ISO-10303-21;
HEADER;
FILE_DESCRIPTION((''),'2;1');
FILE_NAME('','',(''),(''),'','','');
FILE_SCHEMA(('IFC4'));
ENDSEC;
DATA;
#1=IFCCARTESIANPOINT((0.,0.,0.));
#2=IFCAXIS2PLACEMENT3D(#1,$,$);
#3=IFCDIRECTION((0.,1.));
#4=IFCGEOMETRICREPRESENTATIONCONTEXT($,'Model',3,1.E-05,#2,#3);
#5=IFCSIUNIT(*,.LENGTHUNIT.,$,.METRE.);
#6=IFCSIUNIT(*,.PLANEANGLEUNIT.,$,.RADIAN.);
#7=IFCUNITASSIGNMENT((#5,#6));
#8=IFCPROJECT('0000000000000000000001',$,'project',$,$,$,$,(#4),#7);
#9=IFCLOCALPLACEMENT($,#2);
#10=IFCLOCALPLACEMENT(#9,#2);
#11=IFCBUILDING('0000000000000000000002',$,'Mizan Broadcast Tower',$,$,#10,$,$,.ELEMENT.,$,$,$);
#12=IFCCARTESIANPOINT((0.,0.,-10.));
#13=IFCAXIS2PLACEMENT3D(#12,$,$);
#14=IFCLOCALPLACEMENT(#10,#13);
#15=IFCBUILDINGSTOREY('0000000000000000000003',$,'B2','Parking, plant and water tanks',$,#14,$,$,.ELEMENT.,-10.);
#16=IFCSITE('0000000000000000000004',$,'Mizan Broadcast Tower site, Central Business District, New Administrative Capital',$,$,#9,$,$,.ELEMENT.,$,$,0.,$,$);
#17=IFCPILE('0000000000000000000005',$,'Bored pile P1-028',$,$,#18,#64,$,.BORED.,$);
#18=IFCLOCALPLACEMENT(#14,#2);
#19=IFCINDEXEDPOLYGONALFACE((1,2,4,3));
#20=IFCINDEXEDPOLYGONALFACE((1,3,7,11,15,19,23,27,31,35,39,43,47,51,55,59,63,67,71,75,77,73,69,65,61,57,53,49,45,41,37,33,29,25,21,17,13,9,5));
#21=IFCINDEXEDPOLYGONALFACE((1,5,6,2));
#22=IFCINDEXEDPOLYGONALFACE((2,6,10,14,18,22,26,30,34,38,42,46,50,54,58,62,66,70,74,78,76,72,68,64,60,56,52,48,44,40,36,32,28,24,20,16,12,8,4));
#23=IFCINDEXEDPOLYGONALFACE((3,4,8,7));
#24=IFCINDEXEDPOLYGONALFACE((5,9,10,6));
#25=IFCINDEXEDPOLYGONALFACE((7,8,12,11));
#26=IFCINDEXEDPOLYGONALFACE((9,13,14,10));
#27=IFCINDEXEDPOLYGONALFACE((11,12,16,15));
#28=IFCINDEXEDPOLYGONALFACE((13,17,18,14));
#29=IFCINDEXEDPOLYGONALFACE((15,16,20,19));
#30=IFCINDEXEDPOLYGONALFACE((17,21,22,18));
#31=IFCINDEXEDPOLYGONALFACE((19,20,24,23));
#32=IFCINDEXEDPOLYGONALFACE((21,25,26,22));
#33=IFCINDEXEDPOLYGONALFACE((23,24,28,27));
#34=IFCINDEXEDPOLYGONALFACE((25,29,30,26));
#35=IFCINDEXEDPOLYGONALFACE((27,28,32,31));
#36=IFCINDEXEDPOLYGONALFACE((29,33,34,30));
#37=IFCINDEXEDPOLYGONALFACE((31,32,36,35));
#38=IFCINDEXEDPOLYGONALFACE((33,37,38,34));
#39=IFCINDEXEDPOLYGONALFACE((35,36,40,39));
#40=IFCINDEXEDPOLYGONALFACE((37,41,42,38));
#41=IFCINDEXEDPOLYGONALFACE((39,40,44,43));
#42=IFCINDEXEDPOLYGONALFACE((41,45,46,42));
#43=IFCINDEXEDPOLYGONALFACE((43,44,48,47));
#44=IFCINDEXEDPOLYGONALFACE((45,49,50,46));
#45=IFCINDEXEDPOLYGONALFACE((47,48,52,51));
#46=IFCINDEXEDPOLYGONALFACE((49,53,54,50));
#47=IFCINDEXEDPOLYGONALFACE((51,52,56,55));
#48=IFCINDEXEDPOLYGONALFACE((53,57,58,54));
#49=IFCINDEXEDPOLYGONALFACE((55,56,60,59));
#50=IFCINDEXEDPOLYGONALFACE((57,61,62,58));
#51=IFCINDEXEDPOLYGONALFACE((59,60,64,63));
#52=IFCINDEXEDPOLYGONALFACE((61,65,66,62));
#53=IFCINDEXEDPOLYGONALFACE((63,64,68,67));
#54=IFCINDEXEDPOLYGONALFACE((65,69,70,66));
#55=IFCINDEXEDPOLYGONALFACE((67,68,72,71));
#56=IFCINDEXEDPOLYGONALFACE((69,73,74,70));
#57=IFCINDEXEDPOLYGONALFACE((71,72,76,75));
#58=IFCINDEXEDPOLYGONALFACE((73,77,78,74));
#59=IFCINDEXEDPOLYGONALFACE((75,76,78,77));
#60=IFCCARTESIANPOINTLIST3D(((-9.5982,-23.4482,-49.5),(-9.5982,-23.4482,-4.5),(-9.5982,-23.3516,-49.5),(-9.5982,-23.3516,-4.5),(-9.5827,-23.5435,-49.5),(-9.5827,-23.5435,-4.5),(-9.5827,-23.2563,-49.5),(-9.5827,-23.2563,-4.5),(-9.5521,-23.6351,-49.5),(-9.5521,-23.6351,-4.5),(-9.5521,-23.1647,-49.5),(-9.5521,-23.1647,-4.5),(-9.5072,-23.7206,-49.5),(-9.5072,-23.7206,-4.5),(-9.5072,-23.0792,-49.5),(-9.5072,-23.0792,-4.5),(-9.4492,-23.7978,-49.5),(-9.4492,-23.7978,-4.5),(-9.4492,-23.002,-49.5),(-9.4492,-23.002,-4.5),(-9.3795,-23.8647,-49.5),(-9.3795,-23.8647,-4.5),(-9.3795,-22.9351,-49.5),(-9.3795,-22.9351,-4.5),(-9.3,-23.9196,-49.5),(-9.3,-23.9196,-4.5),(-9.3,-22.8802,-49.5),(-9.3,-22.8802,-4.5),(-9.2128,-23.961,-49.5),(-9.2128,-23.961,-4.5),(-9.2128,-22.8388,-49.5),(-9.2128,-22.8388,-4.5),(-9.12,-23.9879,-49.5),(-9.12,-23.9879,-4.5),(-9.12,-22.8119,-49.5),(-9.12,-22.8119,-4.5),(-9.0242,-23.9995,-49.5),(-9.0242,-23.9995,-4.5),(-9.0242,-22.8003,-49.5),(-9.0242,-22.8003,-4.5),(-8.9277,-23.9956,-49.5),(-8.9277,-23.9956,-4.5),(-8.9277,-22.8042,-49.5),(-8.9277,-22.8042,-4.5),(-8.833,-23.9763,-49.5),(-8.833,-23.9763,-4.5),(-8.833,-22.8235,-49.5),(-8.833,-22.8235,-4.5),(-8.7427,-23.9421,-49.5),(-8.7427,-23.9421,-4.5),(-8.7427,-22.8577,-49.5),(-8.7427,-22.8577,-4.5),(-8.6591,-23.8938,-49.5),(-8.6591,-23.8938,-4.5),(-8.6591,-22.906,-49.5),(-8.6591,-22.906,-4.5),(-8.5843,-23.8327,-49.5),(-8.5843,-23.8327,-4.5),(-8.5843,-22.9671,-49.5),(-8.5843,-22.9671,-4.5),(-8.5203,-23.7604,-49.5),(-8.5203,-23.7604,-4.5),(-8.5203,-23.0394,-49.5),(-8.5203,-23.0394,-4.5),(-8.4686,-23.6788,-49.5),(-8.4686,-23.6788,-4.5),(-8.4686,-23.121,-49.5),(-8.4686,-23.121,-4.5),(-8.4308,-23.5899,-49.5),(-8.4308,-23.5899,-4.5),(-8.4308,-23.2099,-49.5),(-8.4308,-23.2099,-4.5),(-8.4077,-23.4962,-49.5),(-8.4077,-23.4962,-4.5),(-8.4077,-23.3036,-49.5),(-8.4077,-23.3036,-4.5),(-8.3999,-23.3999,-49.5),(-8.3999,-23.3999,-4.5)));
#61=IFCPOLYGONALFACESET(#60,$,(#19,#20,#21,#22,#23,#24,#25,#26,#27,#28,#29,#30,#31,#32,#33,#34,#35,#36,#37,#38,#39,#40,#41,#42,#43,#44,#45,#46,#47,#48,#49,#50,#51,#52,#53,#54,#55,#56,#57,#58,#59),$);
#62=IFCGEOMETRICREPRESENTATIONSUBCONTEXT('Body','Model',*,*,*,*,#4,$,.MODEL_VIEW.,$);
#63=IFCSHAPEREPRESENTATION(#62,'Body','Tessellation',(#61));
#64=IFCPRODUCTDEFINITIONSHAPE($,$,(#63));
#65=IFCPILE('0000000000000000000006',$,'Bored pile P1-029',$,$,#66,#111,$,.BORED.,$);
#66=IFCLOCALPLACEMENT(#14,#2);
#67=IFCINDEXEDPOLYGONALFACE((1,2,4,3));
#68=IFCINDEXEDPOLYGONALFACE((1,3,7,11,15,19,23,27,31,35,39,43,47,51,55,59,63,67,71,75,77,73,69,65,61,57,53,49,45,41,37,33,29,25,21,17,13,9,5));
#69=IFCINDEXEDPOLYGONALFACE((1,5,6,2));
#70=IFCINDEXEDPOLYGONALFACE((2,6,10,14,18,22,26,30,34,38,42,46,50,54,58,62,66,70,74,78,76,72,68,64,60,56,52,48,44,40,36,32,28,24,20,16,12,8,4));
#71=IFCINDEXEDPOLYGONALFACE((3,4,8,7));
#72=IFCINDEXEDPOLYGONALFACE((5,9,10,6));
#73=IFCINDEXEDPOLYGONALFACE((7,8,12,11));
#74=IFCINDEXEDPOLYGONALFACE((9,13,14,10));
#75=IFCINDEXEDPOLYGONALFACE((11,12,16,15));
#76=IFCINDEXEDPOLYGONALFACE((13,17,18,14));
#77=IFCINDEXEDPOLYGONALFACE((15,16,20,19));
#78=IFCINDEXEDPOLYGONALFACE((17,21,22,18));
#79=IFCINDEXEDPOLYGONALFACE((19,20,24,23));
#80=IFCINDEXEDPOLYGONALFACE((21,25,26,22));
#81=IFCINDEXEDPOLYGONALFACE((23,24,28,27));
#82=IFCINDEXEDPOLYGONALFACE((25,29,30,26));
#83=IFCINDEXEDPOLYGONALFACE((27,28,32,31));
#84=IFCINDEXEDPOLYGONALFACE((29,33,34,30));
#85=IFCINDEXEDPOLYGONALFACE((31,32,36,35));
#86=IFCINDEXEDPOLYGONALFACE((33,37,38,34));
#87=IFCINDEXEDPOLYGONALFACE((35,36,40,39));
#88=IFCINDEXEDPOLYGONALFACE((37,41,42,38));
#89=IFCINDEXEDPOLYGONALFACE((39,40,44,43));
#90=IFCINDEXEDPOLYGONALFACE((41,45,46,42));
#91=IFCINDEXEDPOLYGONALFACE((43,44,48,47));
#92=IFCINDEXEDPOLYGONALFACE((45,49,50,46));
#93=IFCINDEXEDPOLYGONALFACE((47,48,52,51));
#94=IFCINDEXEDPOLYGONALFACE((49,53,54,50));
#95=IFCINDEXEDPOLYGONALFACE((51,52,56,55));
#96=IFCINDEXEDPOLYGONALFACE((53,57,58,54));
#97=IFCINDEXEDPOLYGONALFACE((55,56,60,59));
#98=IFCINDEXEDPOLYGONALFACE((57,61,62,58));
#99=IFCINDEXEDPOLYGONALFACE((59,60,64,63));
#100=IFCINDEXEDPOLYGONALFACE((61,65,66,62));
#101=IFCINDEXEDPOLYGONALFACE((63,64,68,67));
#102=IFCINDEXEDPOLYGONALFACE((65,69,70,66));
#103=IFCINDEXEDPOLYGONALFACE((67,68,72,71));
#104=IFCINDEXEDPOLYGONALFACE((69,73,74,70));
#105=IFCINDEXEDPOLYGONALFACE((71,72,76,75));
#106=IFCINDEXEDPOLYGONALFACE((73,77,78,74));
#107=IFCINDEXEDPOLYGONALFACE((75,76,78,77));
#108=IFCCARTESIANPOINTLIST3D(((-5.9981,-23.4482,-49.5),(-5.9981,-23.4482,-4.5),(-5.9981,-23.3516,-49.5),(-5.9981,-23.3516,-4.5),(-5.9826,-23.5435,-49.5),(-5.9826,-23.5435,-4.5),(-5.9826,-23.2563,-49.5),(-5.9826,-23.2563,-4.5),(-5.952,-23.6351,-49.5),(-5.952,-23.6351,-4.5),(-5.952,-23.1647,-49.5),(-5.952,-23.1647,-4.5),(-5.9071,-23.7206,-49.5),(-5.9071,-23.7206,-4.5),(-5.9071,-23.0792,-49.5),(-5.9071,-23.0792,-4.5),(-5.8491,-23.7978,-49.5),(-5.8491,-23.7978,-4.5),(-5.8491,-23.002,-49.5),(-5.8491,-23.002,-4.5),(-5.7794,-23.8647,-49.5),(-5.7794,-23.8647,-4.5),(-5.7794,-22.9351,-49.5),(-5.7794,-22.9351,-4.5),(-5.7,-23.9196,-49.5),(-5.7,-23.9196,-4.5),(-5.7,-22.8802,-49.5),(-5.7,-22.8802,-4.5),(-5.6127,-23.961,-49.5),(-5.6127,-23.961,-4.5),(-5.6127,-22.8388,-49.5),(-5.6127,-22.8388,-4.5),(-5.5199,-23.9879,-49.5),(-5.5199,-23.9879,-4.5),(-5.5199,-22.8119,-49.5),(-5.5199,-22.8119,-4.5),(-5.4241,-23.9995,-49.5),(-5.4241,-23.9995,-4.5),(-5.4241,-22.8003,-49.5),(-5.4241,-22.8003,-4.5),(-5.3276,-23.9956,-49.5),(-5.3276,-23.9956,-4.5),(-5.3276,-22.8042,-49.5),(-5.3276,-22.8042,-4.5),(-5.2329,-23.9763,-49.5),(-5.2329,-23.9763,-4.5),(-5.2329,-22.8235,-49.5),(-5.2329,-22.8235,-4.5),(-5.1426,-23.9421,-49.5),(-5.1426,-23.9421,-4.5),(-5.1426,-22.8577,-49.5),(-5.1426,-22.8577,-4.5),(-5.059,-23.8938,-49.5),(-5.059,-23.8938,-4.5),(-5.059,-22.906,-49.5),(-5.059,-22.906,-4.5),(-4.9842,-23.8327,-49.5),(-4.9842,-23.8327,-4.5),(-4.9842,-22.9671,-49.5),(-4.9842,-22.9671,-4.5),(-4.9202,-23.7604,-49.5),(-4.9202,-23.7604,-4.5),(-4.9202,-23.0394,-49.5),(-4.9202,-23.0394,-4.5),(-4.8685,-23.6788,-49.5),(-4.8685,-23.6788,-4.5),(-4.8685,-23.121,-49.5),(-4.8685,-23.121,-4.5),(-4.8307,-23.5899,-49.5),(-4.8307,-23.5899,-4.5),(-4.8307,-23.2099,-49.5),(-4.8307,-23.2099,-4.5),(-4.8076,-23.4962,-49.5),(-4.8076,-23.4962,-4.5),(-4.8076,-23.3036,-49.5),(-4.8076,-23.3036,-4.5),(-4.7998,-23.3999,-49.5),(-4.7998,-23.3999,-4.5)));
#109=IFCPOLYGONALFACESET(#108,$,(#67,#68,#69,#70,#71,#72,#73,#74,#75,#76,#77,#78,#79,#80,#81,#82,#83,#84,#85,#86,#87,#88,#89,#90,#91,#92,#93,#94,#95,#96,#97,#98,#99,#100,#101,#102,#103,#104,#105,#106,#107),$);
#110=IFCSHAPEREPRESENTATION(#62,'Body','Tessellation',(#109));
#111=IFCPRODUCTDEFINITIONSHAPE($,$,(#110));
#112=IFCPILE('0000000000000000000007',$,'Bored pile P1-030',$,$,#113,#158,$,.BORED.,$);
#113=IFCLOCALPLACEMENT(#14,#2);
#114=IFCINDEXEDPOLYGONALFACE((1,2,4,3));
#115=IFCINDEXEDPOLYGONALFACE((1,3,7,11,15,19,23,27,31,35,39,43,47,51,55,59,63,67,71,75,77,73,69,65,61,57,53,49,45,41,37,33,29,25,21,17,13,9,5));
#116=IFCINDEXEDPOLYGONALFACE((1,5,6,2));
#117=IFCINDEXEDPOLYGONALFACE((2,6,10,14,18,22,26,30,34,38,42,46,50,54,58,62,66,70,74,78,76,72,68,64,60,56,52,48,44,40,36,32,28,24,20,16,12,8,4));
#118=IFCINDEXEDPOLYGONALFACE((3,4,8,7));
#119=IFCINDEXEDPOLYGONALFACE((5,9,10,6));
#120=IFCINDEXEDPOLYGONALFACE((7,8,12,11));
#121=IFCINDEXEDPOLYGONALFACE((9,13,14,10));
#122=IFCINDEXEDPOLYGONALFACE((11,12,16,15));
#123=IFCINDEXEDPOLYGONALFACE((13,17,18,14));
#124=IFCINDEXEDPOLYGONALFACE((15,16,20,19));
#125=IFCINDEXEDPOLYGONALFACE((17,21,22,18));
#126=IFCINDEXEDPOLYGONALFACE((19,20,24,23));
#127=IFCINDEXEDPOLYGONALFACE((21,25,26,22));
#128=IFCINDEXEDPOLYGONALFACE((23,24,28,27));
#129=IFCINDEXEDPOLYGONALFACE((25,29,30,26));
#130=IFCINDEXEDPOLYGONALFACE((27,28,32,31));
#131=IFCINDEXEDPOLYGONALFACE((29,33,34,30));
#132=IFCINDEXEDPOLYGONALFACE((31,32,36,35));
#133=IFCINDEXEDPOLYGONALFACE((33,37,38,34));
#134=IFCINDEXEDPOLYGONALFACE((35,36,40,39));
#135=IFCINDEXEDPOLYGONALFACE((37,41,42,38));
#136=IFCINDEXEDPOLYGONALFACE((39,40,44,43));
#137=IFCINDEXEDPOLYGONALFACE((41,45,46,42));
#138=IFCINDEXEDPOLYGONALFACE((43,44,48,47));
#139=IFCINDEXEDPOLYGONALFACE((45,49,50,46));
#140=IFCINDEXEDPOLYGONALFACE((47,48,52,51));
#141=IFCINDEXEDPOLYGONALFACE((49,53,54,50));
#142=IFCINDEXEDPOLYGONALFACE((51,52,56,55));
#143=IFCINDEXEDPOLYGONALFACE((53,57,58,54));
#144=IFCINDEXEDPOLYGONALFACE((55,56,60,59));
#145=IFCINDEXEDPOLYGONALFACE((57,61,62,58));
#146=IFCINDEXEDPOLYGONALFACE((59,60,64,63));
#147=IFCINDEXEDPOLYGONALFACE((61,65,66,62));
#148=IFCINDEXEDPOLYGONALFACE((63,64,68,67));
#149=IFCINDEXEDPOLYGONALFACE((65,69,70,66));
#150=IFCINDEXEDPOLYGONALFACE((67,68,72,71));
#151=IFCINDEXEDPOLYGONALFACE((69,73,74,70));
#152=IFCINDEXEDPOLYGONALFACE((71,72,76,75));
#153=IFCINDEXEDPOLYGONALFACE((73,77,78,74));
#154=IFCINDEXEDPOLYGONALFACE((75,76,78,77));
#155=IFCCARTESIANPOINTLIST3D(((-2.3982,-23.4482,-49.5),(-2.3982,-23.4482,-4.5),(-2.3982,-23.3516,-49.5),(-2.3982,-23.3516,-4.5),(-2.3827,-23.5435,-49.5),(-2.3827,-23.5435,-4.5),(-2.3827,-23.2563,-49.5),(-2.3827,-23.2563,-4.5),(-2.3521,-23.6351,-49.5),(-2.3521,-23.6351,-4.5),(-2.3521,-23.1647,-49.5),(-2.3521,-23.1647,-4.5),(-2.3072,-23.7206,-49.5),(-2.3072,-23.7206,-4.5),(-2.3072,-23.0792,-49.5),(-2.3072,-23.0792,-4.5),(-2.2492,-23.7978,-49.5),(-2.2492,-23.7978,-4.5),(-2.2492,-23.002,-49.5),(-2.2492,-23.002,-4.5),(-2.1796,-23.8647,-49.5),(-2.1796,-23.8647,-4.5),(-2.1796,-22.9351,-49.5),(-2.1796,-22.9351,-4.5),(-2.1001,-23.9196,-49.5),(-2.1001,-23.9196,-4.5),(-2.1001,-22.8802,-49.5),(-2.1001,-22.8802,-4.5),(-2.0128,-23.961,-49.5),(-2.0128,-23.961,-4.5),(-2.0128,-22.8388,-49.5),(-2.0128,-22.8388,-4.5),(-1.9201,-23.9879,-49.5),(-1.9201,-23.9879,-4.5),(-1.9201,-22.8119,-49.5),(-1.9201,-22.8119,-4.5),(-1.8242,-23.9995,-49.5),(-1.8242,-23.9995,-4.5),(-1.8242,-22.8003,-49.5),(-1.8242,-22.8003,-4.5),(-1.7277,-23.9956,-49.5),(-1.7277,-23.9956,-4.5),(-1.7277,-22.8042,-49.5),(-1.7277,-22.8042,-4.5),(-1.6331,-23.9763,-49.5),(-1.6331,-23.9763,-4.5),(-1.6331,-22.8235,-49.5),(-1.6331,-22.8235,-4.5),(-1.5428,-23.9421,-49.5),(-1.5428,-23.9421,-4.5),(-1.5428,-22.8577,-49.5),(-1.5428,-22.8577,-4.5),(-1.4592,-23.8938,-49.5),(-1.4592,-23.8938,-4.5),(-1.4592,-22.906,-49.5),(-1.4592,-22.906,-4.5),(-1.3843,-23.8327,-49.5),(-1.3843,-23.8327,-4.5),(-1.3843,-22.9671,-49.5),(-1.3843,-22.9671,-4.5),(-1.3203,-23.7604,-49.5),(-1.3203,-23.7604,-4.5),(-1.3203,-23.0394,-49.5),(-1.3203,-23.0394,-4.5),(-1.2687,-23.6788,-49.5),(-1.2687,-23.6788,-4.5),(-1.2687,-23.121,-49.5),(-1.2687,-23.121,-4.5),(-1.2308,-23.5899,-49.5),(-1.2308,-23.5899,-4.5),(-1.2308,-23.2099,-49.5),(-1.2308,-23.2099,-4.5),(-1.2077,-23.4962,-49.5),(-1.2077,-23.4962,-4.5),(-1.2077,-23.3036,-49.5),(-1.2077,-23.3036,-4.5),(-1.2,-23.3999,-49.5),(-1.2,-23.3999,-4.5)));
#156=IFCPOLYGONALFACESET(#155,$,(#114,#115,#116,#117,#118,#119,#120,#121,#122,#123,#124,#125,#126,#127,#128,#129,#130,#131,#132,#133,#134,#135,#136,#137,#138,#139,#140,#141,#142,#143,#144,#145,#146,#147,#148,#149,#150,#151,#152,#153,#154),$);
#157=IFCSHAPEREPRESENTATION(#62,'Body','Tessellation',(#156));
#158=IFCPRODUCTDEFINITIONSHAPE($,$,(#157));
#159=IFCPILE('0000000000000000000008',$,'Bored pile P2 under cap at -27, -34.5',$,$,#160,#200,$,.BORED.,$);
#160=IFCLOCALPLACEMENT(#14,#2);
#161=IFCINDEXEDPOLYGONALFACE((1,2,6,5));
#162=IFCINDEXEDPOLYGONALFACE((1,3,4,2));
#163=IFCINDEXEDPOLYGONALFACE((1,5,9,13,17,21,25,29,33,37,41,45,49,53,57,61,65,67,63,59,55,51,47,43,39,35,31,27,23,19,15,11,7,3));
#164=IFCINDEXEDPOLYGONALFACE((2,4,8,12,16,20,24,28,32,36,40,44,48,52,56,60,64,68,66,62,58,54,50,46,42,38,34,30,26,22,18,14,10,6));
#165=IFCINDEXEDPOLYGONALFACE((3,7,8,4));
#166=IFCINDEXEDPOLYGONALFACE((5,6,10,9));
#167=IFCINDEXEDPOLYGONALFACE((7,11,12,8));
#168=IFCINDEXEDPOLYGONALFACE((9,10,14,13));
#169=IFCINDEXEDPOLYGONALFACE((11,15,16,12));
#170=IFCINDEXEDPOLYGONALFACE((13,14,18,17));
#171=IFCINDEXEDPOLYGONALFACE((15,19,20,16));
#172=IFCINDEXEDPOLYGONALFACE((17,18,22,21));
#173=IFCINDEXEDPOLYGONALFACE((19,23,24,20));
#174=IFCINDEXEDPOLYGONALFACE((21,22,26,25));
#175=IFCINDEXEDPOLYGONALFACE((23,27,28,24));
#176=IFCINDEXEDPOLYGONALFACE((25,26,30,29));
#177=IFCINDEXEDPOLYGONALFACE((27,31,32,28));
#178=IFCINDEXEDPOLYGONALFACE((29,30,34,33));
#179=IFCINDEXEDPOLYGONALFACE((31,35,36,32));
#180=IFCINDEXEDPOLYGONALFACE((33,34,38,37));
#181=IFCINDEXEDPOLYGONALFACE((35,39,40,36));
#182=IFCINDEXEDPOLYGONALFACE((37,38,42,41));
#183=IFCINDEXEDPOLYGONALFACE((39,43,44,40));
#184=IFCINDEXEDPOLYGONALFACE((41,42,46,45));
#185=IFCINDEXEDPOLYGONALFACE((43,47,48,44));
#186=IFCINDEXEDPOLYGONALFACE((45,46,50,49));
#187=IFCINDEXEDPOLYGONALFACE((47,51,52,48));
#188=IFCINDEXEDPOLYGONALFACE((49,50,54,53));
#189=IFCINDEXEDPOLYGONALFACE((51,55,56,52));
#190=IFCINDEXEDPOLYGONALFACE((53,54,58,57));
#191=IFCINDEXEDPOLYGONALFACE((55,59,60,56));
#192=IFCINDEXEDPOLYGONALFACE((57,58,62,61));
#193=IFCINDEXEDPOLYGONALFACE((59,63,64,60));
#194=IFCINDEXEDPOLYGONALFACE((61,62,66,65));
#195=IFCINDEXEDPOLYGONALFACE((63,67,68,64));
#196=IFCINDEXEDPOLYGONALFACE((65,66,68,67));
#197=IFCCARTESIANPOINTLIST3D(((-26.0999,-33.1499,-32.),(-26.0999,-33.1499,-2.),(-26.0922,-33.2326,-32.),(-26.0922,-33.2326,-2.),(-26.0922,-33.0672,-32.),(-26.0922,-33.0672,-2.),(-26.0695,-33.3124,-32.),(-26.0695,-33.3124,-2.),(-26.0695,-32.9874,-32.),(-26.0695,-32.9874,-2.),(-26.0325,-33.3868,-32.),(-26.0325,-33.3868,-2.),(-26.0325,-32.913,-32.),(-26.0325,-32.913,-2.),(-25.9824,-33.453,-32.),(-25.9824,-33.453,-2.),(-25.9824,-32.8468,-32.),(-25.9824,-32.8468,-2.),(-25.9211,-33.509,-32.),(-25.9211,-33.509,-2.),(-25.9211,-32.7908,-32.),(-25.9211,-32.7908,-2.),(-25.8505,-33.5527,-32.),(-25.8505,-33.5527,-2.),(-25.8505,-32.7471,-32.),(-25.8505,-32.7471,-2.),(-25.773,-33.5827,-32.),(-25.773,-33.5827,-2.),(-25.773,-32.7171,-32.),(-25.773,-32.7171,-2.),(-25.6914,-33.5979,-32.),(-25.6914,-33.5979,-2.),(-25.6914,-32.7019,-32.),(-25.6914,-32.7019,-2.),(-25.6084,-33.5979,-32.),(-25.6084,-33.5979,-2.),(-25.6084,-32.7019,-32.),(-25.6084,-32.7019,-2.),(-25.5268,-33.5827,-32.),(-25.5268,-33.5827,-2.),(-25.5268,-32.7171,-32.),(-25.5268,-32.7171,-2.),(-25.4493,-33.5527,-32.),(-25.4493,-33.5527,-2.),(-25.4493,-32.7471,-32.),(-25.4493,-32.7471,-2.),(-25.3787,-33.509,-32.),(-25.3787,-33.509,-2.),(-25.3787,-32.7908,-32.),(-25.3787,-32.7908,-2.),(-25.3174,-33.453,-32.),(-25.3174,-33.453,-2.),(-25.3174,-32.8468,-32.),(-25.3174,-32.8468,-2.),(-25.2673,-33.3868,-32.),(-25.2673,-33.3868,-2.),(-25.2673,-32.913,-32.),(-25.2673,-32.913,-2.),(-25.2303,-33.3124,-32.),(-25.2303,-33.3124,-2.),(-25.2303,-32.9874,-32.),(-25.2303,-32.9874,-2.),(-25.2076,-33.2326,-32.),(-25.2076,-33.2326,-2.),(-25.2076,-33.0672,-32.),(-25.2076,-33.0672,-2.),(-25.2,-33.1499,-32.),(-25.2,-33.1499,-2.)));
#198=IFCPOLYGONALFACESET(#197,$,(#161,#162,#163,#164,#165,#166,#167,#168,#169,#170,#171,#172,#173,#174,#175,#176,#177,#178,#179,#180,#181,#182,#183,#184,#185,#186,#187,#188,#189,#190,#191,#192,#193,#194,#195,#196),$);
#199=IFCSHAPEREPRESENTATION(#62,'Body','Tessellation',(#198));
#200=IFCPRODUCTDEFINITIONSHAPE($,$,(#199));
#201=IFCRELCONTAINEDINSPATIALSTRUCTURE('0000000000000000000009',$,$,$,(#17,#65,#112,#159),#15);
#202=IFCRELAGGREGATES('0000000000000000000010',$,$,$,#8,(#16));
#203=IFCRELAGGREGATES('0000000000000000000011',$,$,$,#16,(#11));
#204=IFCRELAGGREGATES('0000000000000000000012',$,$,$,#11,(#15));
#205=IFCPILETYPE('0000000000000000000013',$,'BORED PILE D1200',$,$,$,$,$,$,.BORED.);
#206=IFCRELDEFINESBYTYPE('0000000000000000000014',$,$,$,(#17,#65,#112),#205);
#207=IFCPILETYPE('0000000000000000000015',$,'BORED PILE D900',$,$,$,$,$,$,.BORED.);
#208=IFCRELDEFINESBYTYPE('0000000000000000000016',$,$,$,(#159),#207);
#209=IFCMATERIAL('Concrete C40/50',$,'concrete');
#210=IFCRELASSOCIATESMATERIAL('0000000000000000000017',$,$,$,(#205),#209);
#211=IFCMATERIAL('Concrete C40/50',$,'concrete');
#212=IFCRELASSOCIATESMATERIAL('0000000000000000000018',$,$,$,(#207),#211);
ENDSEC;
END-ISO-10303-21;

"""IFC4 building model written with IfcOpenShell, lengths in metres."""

from ifc_helpers import new_model, si_unit, direction, frame, origin, origin_2d, place, context, subcontext, project, spatial, circle, extrude, material, material_profile, profile_set, type_object, element, save


model = new_model("IFC4")

# Units and contexts
model_context = context("Model", 3, precision=1e-05, world=origin(), true_north=direction((0.0, 1.0)))
body_context = subcontext(model_context, "Body", "Model", "MODEL_VIEW")
ifc_project = project(units=[si_unit("LENGTHUNIT", "METRE"), si_unit("PLANEANGLEUNIT", "RADIAN")], contexts=[model_context])

# Site, building, storey
site_placement = place(None, origin())
site = spatial("IfcSite", under=ifc_project, at=site_placement, Name="Mizan Broadcast Tower site, Central Business District, New Administrative Capital", CompositionType="ELEMENT", RefElevation=0.0)
building_placement = place(site_placement, origin())
building = spatial("IfcBuilding", under=site, at=building_placement, Name="Mizan Broadcast Tower", CompositionType="ELEMENT")
storey_placement = place(building_placement, frame((0.0, 0.0, -10.0)))
storey = spatial("IfcBuildingStorey", under=building, at=storey_placement, Name="B2", Description="Parking, plant and water tanks", CompositionType="ELEMENT", Elevation=-10.0)

# Piles
ifc_material_1 = material(Name="Concrete C40/50", Category="concrete")
ifc_material_profile_1 = material_profile(ifc_material_1, circle(Radius=0.6001, at=origin_2d()), Name="D1200")
ifc_profile_set_1 = profile_set([ifc_material_profile_1], Name="Concrete C40/50")
pile_type_1 = type_object("IfcPileType", Name="BORED PILE D1200", PredefinedType="BORED", material=ifc_profile_set_1)
for number, where, z_axis, x_axis, name in (
    (1, (-9.0, -23.3999, -4.5), (0.0, 0.0, -1.0), (1.0, 0.0, 0.0), "Bored pile P1-028"),
    (2, (-5.3999, -23.3999, -4.5), (0.0, 0.0, -1.0), (1.0, 0.0, 0.0), "Bored pile P1-029"),
    (3, (-1.8, -23.3999, -4.5), (0.0, 0.0, -1.0), (1.0, 0.0, 0.0), "Bored pile P1-030"),
):
    element("IfcPile", number, at=place(storey_placement, frame(where, z_axis=z_axis, x_axis=x_axis)), inside=storey, type_object=pile_type_1, Name=name, PredefinedType="BORED", context=body_context, shape_type="SweptSolid", body=[
        extrude(circle(Radius=0.6001, at=origin_2d()), origin(), (0.0, 0.0, 1.0), 45.0),
    ])
ifc_material_2 = material(Name="Concrete C40/50", Category="concrete")
ifc_material_profile_2 = material_profile(ifc_material_2, circle(Radius=0.45, at=origin_2d()), Name="D900")
ifc_profile_set_2 = profile_set([ifc_material_profile_2], Name="Concrete C40/50")
pile_type_2 = type_object("IfcPileType", Name="BORED PILE D900", PredefinedType="BORED", material=ifc_profile_set_2)
for number, where, z_axis, x_axis, name in (
    (4, (-25.6499, -33.1499, -2.0), (0.0, 0.0, -1.0), (1.0, 0.0, 0.0), "Bored pile P2 under cap at -27, -34.5"),
):
    element("IfcPile", number, at=place(storey_placement, frame(where, z_axis=z_axis, x_axis=x_axis)), inside=storey, type_object=pile_type_2, Name=name, PredefinedType="BORED", context=body_context, shape_type="SweptSolid", body=[
        extrude(circle(Radius=0.45, at=origin_2d()), origin(), (0.0, 0.0, 1.0), 30.0),
    ])

save(model, "model.ifc")
